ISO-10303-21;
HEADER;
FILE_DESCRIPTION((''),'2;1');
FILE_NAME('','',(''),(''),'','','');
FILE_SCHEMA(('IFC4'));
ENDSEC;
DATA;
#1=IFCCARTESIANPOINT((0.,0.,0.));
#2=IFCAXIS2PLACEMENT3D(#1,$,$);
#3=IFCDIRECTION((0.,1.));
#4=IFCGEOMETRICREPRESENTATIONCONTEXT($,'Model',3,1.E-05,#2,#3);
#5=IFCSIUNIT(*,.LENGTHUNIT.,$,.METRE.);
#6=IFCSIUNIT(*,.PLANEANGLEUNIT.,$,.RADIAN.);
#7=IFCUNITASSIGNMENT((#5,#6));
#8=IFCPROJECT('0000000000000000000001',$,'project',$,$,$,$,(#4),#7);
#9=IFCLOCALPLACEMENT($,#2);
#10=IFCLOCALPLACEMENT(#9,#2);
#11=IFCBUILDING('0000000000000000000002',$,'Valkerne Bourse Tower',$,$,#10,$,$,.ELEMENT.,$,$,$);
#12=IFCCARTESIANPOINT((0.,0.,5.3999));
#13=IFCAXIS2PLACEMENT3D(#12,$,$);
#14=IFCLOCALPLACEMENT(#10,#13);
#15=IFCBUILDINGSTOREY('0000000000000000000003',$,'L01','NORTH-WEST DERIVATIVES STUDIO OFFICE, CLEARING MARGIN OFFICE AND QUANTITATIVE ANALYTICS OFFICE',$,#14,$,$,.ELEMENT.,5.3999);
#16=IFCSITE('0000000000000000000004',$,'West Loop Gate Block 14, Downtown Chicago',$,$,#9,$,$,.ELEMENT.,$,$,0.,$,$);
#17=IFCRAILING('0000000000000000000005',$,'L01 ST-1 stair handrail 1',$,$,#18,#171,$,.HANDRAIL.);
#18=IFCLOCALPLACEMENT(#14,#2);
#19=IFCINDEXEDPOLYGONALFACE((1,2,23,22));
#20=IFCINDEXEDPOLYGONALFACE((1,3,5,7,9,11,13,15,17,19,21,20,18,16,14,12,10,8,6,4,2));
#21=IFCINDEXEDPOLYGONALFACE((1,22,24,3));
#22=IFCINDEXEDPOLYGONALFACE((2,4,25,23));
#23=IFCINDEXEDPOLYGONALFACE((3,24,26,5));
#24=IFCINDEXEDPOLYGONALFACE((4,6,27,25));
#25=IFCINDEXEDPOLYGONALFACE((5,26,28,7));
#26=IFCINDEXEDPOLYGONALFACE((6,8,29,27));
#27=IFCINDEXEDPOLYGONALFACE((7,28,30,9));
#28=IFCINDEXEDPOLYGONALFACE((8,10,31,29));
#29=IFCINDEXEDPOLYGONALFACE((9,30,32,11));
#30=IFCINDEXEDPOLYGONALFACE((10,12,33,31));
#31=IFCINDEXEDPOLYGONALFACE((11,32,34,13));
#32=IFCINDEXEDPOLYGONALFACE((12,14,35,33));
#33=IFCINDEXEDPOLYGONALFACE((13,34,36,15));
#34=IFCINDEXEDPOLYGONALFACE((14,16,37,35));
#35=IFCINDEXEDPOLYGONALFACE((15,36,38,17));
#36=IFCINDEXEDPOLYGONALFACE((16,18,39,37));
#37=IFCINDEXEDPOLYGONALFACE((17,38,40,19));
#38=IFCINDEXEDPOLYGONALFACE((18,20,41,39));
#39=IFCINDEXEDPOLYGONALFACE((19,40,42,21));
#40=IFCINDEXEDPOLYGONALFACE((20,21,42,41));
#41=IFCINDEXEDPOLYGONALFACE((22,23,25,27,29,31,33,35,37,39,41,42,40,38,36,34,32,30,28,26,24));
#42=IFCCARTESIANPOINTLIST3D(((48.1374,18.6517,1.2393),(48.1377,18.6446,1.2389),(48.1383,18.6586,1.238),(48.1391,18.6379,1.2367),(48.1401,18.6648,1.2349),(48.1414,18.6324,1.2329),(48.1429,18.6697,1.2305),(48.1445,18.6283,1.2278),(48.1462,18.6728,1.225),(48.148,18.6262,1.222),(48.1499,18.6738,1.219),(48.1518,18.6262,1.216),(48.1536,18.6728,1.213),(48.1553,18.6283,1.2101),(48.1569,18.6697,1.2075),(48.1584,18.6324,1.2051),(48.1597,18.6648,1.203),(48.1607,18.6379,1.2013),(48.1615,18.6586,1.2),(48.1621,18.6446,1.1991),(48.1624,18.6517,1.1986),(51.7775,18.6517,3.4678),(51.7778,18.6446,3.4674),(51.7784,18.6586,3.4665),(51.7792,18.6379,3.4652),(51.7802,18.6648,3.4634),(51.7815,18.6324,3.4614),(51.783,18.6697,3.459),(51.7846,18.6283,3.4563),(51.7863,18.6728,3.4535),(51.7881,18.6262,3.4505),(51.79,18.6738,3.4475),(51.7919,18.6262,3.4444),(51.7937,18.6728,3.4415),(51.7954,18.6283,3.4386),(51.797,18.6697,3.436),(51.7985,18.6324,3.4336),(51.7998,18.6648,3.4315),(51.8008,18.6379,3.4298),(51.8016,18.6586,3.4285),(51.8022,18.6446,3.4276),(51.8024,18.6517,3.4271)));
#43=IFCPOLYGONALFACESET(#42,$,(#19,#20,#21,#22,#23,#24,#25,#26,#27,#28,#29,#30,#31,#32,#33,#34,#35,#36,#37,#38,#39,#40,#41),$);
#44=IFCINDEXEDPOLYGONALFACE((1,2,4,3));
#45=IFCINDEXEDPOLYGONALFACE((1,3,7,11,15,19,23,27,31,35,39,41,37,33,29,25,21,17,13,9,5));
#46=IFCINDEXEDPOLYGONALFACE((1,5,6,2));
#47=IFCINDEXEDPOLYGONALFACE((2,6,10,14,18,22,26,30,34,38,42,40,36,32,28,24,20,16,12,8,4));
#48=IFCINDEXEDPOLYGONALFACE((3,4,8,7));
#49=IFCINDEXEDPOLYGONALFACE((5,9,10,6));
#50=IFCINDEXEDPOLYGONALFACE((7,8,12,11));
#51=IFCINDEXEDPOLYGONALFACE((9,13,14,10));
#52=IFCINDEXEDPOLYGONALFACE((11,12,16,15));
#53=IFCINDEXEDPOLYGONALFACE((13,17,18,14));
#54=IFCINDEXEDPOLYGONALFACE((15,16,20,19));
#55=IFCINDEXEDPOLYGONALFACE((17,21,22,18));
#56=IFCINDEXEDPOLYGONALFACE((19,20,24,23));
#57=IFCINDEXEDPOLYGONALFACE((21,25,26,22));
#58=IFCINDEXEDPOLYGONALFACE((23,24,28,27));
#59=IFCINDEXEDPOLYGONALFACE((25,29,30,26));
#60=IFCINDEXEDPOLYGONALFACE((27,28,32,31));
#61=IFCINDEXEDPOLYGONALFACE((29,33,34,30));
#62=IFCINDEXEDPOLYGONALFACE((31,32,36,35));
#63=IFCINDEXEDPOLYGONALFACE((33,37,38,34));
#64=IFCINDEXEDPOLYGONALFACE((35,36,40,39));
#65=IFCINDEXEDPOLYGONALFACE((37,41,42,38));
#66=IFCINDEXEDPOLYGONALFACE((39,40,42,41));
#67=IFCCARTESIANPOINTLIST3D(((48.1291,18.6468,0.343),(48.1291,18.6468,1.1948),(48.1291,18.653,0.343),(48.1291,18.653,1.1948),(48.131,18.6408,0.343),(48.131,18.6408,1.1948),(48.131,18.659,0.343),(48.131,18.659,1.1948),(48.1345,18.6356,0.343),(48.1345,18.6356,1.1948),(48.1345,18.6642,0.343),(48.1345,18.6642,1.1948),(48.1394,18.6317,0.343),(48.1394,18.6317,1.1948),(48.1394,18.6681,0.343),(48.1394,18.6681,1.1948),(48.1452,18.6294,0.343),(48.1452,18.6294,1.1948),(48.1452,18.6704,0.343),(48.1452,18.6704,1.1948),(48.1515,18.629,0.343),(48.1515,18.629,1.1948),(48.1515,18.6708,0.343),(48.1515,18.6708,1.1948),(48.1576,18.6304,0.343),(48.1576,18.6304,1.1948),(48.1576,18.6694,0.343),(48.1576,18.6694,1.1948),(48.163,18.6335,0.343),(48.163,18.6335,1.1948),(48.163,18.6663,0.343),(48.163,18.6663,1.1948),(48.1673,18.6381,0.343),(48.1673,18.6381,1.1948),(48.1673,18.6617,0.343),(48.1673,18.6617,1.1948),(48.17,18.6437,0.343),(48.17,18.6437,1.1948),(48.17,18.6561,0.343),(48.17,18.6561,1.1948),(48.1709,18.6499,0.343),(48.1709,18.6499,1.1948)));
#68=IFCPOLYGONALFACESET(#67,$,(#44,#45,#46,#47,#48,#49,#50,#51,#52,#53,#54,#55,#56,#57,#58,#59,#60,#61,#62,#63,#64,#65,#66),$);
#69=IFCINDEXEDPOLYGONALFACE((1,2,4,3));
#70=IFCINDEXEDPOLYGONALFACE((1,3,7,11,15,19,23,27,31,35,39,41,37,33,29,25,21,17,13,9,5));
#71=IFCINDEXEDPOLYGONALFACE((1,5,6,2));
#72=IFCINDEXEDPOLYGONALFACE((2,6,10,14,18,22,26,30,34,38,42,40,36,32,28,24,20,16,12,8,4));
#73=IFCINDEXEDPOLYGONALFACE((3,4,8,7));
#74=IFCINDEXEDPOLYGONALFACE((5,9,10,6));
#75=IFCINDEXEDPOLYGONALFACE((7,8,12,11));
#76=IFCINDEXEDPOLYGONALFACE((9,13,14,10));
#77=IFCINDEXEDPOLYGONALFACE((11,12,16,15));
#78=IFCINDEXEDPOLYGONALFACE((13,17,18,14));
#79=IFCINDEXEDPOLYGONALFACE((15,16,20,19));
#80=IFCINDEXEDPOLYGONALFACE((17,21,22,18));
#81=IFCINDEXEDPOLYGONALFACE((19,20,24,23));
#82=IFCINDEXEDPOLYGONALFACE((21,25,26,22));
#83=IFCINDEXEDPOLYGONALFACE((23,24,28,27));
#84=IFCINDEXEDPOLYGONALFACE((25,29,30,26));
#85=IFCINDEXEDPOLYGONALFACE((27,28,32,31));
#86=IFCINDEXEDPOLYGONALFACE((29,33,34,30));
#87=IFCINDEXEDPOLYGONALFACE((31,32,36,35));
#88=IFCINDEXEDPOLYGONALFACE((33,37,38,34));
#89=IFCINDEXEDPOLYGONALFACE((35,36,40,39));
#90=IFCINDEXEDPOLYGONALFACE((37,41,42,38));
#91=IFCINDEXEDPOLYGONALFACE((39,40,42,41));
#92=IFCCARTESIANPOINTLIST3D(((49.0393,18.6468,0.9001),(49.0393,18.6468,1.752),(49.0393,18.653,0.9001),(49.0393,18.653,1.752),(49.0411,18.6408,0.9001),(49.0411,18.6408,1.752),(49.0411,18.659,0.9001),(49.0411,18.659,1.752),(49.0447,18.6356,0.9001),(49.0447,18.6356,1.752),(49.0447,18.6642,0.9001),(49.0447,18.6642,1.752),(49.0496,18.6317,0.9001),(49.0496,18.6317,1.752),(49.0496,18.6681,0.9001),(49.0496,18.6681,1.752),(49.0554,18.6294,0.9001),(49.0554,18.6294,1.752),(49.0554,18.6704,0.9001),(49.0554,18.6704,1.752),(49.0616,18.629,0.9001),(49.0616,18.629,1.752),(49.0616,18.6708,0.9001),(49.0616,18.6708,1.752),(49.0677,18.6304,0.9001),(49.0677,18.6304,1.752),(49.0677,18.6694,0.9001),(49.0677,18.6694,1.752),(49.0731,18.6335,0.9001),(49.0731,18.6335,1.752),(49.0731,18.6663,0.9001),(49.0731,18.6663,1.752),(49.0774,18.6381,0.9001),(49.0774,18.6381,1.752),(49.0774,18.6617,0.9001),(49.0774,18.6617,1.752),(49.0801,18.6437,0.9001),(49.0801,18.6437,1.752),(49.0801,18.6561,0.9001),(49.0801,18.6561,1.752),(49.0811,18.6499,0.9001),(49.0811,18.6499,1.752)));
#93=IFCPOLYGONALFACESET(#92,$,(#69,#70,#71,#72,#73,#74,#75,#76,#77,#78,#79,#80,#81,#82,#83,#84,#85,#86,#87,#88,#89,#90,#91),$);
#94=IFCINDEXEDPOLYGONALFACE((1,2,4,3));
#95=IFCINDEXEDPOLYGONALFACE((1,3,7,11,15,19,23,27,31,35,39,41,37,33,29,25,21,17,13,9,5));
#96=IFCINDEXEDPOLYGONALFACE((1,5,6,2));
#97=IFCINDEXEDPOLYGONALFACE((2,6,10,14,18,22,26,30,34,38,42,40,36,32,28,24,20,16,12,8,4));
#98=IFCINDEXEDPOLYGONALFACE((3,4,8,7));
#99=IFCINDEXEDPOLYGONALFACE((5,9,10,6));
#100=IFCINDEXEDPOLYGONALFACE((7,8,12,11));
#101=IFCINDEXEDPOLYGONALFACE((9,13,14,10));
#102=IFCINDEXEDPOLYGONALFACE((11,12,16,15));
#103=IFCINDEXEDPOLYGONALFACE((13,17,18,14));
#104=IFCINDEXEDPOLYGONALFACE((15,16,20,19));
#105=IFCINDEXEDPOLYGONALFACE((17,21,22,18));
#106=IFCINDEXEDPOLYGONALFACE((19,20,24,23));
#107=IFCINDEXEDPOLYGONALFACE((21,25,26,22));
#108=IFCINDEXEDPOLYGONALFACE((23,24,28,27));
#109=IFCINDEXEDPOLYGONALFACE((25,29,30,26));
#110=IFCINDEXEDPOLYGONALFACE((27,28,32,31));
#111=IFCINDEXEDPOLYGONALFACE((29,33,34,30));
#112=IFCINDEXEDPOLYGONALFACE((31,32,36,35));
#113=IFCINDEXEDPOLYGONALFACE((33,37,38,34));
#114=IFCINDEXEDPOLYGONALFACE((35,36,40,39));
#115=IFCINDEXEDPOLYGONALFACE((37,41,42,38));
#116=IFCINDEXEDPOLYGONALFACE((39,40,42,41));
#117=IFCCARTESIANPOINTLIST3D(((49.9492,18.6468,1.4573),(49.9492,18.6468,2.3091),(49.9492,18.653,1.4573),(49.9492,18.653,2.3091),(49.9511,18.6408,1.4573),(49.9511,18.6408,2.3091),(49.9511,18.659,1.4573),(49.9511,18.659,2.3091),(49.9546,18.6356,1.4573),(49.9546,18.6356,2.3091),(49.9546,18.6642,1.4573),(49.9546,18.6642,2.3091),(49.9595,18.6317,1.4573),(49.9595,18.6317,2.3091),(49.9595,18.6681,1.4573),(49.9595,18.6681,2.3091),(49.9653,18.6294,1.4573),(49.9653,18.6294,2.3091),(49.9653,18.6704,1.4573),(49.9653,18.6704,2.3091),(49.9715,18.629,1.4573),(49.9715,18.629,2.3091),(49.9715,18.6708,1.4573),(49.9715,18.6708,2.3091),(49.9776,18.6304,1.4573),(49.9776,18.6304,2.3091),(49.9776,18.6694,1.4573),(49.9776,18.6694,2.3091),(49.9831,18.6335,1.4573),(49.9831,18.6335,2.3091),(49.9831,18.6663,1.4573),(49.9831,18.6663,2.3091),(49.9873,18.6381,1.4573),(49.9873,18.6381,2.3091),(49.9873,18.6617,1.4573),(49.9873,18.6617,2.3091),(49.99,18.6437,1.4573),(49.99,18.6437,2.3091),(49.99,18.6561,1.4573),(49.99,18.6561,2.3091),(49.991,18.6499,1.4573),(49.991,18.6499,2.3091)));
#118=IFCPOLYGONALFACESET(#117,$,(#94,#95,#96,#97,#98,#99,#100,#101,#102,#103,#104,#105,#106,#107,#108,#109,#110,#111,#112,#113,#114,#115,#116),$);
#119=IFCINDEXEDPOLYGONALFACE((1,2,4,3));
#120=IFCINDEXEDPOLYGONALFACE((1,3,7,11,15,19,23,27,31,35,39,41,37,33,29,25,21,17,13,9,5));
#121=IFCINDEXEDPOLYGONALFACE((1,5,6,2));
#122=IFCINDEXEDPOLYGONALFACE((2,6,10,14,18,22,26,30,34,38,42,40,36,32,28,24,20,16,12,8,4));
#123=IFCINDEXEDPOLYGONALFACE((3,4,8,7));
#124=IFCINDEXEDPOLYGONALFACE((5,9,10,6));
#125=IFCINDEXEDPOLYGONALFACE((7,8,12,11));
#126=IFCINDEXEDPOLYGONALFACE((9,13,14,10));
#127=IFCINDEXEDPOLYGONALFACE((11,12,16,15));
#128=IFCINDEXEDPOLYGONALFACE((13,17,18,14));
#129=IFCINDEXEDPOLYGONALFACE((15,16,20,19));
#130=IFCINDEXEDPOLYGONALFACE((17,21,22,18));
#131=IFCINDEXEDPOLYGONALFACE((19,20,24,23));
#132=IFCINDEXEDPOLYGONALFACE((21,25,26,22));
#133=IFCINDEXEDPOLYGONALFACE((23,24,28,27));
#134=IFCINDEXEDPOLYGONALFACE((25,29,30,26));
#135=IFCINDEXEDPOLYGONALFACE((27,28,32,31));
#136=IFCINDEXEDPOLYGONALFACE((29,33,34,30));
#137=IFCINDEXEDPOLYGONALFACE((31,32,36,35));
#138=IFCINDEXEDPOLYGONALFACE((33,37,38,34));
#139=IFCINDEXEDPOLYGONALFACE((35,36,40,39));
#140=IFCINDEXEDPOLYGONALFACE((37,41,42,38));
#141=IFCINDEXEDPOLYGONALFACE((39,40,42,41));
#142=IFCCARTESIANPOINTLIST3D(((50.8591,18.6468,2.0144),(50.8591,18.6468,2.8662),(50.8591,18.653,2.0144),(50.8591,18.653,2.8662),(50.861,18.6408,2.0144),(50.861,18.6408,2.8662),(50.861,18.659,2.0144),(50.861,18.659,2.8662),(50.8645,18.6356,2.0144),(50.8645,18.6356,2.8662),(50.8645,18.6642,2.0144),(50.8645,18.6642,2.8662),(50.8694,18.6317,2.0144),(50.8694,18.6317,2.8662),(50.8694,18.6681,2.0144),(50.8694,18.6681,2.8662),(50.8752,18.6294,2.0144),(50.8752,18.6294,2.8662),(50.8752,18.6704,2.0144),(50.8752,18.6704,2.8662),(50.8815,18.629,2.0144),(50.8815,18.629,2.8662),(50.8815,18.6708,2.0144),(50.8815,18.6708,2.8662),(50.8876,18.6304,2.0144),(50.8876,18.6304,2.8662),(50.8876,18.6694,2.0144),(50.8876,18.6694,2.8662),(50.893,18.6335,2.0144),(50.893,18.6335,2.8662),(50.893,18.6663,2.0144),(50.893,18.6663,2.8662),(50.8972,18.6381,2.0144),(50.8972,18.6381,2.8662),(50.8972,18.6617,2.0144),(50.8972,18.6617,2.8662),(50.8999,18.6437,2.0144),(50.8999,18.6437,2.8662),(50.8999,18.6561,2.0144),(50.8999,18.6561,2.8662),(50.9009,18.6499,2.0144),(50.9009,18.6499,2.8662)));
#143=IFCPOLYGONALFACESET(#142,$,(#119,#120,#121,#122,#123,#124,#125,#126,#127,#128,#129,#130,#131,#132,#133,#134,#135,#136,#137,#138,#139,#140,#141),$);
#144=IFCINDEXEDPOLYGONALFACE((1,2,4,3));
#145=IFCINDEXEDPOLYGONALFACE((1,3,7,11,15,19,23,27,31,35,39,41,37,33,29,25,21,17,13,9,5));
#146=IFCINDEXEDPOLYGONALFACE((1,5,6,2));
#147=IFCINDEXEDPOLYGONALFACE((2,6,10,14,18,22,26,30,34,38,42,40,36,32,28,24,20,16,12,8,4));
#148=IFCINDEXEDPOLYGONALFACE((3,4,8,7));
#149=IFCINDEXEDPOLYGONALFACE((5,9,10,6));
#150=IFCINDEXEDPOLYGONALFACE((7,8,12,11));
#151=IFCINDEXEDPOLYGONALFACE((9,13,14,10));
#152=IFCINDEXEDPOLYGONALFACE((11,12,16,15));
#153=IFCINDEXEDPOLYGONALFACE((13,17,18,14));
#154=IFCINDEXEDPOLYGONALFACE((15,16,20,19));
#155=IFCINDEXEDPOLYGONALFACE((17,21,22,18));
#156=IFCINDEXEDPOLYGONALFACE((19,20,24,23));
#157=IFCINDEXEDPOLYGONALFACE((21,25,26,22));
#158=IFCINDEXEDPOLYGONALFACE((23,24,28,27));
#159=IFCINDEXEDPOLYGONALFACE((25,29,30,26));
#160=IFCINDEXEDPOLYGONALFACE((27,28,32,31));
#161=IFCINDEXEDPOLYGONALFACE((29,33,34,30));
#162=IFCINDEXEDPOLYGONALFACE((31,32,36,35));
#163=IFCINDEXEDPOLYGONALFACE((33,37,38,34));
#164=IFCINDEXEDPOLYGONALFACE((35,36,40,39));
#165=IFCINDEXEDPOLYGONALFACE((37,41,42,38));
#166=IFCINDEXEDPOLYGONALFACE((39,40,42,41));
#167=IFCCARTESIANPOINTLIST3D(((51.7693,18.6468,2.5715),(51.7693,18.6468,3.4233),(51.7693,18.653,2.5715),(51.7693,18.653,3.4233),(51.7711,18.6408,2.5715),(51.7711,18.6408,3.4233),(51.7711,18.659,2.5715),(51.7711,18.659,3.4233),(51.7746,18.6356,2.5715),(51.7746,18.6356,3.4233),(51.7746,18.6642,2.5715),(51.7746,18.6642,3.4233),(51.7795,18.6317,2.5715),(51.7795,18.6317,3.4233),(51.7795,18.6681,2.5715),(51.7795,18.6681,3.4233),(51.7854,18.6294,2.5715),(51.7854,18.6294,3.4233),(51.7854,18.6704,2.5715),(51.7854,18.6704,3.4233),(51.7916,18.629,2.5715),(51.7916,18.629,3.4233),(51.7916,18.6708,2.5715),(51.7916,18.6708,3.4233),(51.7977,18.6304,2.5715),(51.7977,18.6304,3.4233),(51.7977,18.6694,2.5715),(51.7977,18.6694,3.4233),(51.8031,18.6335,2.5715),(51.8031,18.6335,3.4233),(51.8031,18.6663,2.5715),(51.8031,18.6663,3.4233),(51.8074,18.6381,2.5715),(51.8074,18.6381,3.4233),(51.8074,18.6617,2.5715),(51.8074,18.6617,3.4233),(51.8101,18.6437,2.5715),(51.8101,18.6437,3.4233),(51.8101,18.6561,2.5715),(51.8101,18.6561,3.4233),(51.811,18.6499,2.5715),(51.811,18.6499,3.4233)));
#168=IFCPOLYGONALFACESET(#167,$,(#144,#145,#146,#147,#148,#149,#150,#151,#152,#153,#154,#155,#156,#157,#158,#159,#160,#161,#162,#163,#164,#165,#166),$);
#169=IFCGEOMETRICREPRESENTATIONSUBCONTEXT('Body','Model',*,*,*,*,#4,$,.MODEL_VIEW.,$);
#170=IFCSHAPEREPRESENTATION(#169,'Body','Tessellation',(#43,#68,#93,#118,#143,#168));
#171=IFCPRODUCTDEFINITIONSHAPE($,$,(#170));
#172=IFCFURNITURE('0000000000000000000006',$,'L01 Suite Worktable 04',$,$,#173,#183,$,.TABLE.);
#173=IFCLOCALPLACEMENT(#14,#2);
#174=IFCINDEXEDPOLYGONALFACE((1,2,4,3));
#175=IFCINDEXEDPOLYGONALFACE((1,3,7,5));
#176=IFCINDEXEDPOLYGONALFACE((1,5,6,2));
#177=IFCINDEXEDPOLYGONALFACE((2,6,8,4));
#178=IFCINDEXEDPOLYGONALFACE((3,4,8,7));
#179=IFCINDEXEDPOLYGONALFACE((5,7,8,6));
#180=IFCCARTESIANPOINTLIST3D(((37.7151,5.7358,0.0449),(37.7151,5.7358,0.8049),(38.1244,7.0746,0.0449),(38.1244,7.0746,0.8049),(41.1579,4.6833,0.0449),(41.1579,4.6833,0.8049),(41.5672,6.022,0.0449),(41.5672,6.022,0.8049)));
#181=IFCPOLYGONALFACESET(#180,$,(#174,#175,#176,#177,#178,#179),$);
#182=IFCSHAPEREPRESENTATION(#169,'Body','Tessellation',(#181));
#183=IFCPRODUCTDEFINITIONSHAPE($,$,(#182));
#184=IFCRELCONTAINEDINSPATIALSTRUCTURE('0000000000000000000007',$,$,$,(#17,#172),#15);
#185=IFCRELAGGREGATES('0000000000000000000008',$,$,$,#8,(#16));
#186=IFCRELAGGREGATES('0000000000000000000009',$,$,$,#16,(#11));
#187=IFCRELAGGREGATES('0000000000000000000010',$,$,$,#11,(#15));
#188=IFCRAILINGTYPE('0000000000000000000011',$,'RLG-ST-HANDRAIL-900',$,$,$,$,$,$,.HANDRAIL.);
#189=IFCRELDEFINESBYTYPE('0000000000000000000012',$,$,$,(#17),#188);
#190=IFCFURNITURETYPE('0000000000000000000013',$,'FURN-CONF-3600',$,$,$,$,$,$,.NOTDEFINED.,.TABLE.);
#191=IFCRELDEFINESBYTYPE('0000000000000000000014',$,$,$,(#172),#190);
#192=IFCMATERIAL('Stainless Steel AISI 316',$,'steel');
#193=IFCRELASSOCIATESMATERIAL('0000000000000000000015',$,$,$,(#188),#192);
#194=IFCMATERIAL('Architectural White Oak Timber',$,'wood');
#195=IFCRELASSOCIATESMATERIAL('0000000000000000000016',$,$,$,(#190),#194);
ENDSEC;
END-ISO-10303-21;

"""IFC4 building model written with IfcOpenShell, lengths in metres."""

from ifc_helpers import new_model, si_unit, direction, frame, origin, origin_2d, place, context, subcontext, project, spatial, rectangle, circle, extrude, material, type_object, element, save


model = new_model("IFC4")

# Units and contexts
model_context = context("Model", 3, precision=1e-05, world=origin(), true_north=direction((0.0, 1.0)))
body_context = subcontext(model_context, "Body", "Model", "MODEL_VIEW")
ifc_project = project(units=[si_unit("LENGTHUNIT", "METRE"), si_unit("PLANEANGLEUNIT", "RADIAN")], contexts=[model_context])

# Site, building, storey
site_placement = place(None, origin())
site = spatial("IfcSite", under=ifc_project, at=site_placement, Name="West Loop Gate Block 14, Downtown Chicago", CompositionType="ELEMENT", RefElevation=0.0)
building_placement = place(site_placement, origin())
building = spatial("IfcBuilding", under=site, at=building_placement, Name="Valkerne Bourse Tower", CompositionType="ELEMENT")
storey_placement = place(building_placement, frame((0.0, 0.0, 5.3999)))
storey = spatial("IfcBuildingStorey", under=building, at=storey_placement, Name="L01", Description="NORTH-WEST DERIVATIVES STUDIO OFFICE, CLEARING MARGIN OFFICE AND QUANTITATIVE ANALYTICS OFFICE", CompositionType="ELEMENT", Elevation=5.3999)

# Shared definitions
ifc_material_1 = material(Name="Stainless Steel AISI 316", Category="steel")

# Railing
railing_type_1 = type_object("IfcRailingType", Name="RLG-ST-HANDRAIL-900", PredefinedType="HANDRAIL", material=ifc_material_1)
railing_1_placement = place(storey_placement, frame((48.1499, 18.6499, 0.343)))
element("IfcRailing", 1, at=railing_1_placement, inside=storey, type_object=railing_type_1, Name="L01 ST-1 stair handrail 1", PredefinedType="HANDRAIL", context=body_context, shape_type="SweptSolid", body=[
    extrude(circle(Radius=0.0239, at=origin_2d()), frame((0.0, 0.0, 0.876), z_axis=(0.852866, 0.0, 0.52213), x_axis=(0.0, 1.0, 0.0)), (0.0, 0.0, 1.0), 4.2681),
    extrude(circle(Radius=0.021, at=origin_2d()), origin(), (0.0, 0.0, 1.0), 0.8518),
    extrude(circle(Radius=0.021, at=origin_2d()), frame((0.9102, 0.0, 0.5571)), (0.0, 0.0, 1.0), 0.8518),
    extrude(circle(Radius=0.021, at=origin_2d()), frame((1.8201, 0.0, 1.1143)), (0.0, 0.0, 1.0), 0.8518),
    extrude(circle(Radius=0.021, at=origin_2d()), frame((2.73, 0.0, 1.6714)), (0.0, 0.0, 1.0), 0.8518),
    extrude(circle(Radius=0.021, at=origin_2d()), frame((3.6401, 0.0, 2.2285)), (0.0, 0.0, 1.0), 0.8518),
])

# Furniture
ifc_material_2 = material(Name="Architectural White Oak Timber", Category="wood")
furniture_type = type_object("IfcFurnitureType", Name="FURN-CONF-3600", AssemblyPlace="NOTDEFINED", PredefinedType="TABLE", material=ifc_material_2)
furniture_placement = place(storey_placement, frame((39.6411, 5.8789, 0.0449), z_axis=(0.0, 0.0, 1.0), x_axis=(-0.956305, 0.292372, 0.0)))
element("IfcFurniture", 2, at=furniture_placement, inside=storey, type_object=furniture_type, Name="L01 Suite Worktable 04", PredefinedType="TABLE", context=body_context, shape_type="SweptSolid", body=[
    extrude(rectangle(XDim=3.6001, YDim=1.3999, at=origin_2d()), origin(), (0.0, 0.0, 1.0), 0.76),
])

save(model, "model.ifc")
